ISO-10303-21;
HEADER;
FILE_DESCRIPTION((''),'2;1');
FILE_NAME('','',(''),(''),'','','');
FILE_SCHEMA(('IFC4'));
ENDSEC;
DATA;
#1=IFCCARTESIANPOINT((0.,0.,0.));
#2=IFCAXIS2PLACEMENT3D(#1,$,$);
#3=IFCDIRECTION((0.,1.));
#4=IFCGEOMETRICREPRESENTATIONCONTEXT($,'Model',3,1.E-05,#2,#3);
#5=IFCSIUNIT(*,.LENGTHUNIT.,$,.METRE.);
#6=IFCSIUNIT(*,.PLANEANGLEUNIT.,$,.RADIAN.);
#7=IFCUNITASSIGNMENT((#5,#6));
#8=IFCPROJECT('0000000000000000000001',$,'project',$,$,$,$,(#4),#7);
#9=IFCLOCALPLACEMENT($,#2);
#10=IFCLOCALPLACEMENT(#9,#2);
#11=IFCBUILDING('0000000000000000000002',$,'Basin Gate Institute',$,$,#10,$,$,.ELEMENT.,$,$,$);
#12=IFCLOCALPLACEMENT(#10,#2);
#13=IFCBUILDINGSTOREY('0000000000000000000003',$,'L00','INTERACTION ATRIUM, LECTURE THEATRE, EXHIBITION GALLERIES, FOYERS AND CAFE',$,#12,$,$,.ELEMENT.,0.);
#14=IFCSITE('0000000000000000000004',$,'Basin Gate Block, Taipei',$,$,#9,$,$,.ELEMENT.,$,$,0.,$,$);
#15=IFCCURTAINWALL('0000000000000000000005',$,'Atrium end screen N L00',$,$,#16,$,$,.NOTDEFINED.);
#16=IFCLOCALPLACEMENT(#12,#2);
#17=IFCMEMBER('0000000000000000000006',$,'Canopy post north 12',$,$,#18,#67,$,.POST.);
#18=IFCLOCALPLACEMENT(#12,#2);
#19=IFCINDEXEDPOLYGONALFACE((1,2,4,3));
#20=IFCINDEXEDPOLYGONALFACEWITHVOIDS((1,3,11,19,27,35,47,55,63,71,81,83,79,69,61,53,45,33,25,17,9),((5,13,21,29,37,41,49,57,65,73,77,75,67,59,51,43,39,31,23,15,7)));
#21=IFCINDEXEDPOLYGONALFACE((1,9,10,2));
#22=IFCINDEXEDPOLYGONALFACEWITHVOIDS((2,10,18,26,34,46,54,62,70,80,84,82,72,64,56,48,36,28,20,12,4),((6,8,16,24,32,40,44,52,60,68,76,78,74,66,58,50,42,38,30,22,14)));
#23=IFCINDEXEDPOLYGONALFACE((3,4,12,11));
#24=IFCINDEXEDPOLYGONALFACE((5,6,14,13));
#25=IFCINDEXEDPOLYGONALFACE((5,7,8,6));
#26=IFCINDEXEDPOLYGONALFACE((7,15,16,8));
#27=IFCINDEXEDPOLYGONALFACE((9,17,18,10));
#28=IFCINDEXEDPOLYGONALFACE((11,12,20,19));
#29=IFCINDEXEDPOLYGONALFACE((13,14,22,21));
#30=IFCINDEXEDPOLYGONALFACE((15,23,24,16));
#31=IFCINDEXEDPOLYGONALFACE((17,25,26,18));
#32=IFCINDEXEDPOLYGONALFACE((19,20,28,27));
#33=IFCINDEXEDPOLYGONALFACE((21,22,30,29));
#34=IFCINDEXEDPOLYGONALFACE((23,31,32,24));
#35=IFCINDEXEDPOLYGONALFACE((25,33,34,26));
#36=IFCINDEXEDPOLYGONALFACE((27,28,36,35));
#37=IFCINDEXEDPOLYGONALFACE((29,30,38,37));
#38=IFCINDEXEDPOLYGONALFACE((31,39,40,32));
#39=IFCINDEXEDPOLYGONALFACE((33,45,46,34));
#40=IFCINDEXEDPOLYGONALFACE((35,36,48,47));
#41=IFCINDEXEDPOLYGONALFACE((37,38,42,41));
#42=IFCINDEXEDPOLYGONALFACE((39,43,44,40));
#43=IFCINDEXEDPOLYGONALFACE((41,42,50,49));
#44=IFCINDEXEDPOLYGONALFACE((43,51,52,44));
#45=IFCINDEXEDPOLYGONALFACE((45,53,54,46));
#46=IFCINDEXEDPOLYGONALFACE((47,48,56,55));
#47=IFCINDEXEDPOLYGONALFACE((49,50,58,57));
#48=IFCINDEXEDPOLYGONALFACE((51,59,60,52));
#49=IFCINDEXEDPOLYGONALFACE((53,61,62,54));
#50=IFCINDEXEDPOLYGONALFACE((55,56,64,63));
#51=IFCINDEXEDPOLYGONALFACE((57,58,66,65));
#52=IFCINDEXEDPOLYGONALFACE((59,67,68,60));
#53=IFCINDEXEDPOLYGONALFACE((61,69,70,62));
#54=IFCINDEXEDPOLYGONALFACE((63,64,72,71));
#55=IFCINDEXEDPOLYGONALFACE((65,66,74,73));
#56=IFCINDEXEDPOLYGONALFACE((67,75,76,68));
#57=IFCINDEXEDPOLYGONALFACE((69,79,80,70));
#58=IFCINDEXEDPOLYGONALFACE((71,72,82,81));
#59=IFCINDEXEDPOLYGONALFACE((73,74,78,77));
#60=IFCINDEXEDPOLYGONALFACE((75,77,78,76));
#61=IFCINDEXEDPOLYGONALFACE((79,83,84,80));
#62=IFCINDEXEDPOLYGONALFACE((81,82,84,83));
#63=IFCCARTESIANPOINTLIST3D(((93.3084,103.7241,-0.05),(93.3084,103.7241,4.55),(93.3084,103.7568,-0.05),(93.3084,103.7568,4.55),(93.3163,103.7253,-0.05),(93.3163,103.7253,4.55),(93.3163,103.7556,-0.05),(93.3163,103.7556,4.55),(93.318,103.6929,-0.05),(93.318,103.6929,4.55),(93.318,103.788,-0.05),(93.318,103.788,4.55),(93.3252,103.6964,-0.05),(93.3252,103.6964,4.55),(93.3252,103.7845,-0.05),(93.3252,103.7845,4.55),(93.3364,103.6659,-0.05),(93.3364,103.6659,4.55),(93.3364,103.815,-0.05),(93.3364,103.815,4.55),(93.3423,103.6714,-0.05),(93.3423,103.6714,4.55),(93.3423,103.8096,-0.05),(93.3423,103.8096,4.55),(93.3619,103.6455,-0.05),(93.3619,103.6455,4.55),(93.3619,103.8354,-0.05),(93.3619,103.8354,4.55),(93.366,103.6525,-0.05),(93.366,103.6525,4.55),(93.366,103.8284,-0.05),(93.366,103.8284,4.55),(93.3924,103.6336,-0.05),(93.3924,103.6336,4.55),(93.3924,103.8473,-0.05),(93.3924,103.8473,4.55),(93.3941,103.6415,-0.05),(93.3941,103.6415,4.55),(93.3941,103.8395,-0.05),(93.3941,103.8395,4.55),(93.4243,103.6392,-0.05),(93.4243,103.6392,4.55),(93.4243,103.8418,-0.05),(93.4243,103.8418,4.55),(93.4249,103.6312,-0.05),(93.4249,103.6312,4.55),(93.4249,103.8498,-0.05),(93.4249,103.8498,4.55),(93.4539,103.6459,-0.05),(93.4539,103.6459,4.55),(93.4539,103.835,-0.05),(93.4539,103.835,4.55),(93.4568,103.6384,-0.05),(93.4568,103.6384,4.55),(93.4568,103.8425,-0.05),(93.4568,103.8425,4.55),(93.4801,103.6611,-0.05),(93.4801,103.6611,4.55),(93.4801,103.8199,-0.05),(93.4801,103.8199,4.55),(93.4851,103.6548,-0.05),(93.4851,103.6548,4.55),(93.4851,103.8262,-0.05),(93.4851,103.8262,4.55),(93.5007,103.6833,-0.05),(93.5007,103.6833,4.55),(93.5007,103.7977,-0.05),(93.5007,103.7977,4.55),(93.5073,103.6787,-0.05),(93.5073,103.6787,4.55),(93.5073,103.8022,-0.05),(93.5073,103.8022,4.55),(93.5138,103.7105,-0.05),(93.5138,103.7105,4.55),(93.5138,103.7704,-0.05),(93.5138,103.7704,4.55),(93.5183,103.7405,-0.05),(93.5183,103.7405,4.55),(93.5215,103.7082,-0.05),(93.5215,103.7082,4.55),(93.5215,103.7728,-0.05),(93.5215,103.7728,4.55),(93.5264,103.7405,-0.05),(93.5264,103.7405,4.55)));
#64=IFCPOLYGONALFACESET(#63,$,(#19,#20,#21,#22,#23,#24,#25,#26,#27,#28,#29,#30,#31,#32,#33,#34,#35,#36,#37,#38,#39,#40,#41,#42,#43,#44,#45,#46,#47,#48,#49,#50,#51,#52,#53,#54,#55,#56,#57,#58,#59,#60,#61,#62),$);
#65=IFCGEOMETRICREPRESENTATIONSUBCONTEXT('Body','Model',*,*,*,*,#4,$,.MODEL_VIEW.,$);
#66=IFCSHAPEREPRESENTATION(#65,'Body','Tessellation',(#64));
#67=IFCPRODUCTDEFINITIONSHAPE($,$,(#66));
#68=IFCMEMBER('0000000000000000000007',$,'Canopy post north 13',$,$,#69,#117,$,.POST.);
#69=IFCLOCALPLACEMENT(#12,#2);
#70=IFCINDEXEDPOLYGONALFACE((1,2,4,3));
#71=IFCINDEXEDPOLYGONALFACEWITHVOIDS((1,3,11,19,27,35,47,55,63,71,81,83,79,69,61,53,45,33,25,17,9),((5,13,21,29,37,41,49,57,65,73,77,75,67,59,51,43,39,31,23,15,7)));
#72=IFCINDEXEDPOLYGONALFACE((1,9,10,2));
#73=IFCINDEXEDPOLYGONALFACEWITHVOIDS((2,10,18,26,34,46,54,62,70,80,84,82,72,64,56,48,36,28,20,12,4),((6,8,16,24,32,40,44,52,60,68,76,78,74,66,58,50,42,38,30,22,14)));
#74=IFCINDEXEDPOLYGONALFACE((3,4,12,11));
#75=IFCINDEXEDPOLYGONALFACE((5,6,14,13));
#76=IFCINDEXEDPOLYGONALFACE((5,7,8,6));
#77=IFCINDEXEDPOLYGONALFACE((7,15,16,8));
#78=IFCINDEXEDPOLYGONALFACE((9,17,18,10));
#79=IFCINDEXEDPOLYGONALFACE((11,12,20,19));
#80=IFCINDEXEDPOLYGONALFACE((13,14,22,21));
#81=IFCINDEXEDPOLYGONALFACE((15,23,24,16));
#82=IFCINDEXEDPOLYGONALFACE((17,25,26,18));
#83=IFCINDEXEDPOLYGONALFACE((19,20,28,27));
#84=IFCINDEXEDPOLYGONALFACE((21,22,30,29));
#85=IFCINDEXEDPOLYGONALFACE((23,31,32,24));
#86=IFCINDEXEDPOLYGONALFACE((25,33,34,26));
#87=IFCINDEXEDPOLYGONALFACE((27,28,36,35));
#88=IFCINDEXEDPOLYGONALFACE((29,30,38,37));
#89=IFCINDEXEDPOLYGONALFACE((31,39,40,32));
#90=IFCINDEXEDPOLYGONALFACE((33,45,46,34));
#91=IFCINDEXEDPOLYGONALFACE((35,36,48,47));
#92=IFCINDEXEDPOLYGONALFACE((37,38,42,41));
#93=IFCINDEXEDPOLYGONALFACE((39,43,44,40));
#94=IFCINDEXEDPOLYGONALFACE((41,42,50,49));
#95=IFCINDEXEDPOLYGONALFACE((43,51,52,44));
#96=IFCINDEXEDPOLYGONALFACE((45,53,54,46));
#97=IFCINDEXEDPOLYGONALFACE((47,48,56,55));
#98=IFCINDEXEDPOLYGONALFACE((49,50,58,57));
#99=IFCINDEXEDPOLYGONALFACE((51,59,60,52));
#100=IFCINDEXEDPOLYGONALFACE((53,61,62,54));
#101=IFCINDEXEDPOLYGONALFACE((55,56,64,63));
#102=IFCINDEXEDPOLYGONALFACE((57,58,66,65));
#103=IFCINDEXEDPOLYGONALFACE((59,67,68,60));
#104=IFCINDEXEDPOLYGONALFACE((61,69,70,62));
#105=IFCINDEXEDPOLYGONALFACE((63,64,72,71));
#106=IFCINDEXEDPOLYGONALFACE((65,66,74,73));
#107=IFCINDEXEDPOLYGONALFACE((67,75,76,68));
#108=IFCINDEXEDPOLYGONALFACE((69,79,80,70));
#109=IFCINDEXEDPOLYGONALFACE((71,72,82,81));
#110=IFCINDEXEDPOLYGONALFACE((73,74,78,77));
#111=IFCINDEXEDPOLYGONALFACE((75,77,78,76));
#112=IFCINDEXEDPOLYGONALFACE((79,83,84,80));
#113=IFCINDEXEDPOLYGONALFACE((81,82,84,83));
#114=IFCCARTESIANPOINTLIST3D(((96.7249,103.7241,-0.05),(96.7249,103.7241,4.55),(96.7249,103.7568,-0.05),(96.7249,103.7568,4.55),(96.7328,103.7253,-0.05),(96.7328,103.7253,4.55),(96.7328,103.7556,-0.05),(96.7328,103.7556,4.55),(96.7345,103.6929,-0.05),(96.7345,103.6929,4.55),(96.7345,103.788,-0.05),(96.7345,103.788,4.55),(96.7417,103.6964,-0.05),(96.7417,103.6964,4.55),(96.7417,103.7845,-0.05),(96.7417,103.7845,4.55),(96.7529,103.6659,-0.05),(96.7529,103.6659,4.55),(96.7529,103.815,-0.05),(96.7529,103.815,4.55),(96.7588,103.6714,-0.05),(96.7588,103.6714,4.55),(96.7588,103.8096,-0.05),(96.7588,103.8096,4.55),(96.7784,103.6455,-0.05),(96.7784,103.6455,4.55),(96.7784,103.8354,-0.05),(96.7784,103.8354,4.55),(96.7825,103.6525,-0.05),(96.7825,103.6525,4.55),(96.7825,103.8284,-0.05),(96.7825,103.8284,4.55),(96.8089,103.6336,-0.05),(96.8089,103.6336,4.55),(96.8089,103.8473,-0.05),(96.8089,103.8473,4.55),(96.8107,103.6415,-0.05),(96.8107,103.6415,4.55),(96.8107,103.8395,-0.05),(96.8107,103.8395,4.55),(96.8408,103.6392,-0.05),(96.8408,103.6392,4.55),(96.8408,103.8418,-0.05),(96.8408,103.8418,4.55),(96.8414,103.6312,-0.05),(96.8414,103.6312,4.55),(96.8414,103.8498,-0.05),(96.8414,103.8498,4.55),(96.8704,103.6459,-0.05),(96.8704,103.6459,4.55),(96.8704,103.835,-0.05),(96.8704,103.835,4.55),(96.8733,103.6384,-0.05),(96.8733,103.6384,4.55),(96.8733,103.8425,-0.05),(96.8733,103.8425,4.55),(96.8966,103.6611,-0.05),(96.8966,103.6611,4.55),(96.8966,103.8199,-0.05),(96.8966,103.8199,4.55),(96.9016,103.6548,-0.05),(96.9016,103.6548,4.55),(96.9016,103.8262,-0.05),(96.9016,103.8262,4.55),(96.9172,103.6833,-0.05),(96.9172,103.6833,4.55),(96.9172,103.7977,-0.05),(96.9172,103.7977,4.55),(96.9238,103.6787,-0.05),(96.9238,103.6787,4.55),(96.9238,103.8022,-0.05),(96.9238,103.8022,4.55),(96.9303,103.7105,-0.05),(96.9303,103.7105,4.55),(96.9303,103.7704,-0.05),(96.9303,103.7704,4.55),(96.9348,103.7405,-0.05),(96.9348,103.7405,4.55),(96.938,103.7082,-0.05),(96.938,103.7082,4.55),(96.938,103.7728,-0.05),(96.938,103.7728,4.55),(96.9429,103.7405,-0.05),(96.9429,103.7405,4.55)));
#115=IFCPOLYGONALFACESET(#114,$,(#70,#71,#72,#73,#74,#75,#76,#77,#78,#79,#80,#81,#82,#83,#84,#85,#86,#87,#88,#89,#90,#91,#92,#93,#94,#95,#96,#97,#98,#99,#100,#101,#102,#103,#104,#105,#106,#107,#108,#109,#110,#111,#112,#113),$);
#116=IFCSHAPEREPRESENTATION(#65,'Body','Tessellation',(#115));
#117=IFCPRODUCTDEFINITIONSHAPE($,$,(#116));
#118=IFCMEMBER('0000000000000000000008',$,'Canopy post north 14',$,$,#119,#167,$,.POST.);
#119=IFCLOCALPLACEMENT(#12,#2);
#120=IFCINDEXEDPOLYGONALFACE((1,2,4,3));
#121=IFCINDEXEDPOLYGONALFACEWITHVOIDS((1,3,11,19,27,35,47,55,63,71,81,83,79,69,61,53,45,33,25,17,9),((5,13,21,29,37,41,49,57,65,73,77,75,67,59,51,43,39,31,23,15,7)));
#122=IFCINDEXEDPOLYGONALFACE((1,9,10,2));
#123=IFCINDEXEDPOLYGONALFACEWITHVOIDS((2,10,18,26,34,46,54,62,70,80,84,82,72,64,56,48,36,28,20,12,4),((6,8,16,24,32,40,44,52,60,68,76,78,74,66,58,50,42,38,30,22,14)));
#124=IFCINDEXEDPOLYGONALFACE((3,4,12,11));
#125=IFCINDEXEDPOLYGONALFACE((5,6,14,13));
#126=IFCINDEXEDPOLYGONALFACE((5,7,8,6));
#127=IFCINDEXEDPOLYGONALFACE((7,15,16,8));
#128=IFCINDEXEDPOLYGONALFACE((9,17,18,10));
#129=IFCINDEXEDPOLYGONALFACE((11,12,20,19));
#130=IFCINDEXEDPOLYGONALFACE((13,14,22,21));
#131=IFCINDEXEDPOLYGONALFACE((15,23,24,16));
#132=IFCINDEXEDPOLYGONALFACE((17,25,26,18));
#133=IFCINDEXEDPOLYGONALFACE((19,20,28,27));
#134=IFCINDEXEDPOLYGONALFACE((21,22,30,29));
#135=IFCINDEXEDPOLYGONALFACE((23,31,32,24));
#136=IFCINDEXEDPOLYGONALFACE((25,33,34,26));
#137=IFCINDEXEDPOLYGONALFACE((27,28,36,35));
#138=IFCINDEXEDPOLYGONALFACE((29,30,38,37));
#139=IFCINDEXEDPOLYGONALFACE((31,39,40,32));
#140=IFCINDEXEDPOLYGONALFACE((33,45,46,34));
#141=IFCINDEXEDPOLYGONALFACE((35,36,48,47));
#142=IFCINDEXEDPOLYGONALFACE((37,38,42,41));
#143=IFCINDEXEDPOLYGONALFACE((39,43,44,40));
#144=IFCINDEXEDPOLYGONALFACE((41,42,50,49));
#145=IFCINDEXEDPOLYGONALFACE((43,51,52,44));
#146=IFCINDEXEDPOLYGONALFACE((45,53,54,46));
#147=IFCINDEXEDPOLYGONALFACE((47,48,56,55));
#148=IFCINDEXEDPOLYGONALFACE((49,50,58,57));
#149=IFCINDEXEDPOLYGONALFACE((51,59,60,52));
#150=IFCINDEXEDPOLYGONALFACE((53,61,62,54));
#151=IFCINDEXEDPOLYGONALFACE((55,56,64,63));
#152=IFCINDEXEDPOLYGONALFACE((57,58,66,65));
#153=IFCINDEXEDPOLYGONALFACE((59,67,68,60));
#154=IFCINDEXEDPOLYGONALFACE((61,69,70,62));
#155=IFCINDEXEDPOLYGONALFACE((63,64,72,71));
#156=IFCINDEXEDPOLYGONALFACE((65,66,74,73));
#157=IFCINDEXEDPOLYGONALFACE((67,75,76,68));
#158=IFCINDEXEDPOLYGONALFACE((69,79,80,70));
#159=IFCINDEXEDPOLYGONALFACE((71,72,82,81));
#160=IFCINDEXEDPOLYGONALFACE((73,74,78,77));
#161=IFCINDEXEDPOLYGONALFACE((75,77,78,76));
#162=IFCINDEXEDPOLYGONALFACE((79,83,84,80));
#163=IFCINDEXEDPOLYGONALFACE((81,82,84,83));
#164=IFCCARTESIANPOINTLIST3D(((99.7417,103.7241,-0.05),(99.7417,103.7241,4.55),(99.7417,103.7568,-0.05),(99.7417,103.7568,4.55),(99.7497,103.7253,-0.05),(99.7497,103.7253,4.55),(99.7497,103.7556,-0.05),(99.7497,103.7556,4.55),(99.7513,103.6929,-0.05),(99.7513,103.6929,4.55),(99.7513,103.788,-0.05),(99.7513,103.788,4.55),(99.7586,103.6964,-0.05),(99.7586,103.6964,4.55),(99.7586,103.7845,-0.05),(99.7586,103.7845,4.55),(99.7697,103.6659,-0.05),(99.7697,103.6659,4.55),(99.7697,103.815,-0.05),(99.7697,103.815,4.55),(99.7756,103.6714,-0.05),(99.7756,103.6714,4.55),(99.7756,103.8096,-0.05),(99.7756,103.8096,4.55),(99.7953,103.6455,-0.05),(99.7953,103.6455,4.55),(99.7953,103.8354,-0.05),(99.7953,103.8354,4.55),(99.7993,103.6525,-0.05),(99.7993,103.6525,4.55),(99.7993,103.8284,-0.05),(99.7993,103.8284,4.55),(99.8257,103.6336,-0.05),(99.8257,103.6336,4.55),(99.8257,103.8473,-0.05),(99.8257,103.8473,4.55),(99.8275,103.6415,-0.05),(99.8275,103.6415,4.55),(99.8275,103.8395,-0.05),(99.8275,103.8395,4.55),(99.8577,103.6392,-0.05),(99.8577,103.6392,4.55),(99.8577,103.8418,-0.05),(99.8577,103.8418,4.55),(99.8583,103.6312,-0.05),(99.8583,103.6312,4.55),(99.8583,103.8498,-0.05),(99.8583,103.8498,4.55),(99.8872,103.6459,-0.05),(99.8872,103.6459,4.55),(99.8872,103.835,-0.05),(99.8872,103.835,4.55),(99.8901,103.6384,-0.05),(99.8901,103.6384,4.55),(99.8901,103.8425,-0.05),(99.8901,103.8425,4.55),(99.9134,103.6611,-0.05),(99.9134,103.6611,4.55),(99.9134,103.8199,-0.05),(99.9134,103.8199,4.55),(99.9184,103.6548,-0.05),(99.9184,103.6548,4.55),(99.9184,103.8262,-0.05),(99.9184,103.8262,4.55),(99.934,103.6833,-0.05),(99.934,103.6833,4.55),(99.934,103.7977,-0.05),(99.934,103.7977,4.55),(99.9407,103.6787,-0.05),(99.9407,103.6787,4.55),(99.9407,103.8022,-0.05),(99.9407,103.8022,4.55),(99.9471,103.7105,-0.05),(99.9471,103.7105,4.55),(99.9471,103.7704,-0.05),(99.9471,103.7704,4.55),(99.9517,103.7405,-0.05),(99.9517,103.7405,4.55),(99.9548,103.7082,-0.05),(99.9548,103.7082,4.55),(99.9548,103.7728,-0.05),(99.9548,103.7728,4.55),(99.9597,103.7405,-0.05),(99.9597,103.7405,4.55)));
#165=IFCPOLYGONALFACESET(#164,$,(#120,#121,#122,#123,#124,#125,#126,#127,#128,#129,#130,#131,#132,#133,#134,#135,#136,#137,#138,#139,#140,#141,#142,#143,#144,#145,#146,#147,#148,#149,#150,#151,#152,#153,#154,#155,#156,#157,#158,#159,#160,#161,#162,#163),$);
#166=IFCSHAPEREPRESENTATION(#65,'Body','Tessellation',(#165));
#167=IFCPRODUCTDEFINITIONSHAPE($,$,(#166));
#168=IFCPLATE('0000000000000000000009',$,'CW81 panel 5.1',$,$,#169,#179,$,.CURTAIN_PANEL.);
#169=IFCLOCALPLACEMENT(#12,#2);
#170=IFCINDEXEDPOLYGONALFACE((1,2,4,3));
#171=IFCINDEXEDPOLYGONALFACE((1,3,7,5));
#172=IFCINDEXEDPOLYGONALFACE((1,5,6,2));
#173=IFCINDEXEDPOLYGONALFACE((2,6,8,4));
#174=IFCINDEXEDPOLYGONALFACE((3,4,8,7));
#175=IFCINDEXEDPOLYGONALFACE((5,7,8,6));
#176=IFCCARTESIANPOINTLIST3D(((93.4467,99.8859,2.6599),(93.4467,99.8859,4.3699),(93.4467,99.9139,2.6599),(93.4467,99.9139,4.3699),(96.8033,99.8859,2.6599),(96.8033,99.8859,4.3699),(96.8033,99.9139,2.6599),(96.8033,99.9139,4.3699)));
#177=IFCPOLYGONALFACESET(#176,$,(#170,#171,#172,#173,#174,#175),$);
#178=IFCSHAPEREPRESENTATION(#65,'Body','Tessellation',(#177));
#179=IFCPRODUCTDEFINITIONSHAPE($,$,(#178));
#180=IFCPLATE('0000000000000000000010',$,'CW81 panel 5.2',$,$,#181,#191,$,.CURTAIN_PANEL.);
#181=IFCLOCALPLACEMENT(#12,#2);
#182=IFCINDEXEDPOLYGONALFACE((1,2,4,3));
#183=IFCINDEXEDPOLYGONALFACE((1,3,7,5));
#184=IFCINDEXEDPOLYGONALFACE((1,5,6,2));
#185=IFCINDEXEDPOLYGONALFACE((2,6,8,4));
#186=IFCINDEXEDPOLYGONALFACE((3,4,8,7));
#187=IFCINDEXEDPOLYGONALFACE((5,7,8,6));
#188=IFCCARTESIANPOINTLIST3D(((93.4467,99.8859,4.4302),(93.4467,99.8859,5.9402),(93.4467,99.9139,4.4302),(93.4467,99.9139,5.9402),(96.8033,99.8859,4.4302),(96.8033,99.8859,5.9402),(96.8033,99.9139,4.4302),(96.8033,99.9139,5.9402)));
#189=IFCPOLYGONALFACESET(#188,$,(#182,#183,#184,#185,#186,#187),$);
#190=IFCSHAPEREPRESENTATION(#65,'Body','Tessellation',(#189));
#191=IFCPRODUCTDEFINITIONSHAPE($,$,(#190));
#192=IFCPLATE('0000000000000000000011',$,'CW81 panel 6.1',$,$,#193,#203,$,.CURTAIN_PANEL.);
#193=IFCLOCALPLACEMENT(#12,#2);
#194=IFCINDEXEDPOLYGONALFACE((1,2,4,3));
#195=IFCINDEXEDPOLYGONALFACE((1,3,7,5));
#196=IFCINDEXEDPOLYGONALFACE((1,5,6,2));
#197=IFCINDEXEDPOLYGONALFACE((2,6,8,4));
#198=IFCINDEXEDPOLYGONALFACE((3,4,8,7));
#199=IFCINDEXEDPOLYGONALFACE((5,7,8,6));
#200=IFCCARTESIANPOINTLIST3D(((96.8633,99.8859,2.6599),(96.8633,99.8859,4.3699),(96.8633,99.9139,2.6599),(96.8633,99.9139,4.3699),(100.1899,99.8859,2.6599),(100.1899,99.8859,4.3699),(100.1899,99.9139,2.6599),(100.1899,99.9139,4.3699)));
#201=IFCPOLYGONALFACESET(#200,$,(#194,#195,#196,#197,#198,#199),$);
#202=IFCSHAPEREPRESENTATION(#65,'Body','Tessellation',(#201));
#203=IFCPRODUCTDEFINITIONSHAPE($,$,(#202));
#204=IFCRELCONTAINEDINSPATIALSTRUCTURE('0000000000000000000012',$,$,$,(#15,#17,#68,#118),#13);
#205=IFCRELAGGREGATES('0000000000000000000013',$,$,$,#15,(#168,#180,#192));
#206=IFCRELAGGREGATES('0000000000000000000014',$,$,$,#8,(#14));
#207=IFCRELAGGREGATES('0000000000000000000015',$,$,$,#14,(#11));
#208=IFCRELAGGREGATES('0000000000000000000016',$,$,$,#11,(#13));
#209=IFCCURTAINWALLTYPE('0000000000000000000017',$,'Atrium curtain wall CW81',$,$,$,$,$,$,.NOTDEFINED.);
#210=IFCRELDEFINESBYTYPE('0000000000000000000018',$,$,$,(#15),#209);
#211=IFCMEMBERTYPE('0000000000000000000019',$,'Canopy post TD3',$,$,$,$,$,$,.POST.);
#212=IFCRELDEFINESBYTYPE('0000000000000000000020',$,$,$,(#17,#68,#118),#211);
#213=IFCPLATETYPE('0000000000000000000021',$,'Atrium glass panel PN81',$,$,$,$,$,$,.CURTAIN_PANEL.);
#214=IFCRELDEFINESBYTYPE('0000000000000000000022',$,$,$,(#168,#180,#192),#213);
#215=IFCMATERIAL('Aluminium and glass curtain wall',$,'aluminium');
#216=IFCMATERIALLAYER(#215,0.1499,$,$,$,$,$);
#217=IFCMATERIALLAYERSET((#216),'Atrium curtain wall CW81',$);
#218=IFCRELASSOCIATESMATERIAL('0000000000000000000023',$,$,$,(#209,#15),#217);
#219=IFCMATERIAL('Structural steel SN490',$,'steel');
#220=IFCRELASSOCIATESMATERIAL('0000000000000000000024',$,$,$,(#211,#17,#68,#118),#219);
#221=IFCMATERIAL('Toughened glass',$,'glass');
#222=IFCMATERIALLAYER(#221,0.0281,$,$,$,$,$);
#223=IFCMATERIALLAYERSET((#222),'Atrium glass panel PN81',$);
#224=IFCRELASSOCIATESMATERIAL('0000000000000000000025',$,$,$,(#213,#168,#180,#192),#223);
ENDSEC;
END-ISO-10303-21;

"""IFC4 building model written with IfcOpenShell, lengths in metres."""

from ifc_helpers import new_model, si_unit, direction, frame, origin, origin_2d, place, context, subcontext, project, spatial, rectangle, hollow_circle, extrude, material, layer, layer_set, material_profile, profile_set, type_object, element, aggregate, save


model = new_model("IFC4")

# Units and contexts
model_context = context("Model", 3, precision=1e-05, world=origin(), true_north=direction((0.0, 1.0)))
body_context = subcontext(model_context, "Body", "Model", "MODEL_VIEW")
ifc_project = project(units=[si_unit("LENGTHUNIT", "METRE"), si_unit("PLANEANGLEUNIT", "RADIAN")], contexts=[model_context])

# Site, building, storey
site_placement = place(None, origin())
site = spatial("IfcSite", under=ifc_project, at=site_placement, Name="Basin Gate Block, Taipei", CompositionType="ELEMENT", RefElevation=0.0)
building_placement = place(site_placement, origin())
building = spatial("IfcBuilding", under=site, at=building_placement, Name="Basin Gate Institute", CompositionType="ELEMENT")
storey_placement = place(building_placement, origin())
storey = spatial("IfcBuildingStorey", under=building, at=storey_placement, Name="L00", Description="INTERACTION ATRIUM, LECTURE THEATRE, EXHIBITION GALLERIES, FOYERS AND CAFE", CompositionType="ELEMENT", Elevation=0.0)

# Curtain wall
ifc_material_1 = material(Name="Aluminium and glass curtain wall", Category="aluminium")
ifc_layer_1 = layer(ifc_material_1, 0.1499)
ifc_layer_set_1 = layer_set([ifc_layer_1], Name="Atrium curtain wall CW81")
curtain_wall_type = type_object("IfcCurtainWallType", Name="Atrium curtain wall CW81", PredefinedType="NOTDEFINED", material=ifc_layer_set_1)
curtain_wall_placement = place(storey_placement, origin())
curtain_wall = element("IfcCurtainWall", 1, at=curtain_wall_placement, inside=storey, type_object=curtain_wall_type, material=ifc_layer_set_1, Name="Atrium end screen N L00", PredefinedType="NOTDEFINED")

# Members
ifc_material_2 = material(Name="Structural steel SN490", Category="steel")
ifc_material_profile_1 = material_profile(ifc_material_2, hollow_circle(Radius=0.1096, WallThickness=0.0081, at=origin_2d()), Name="CHS219x8")
ifc_profile_set_1 = profile_set([ifc_material_profile_1], Name="Structural steel SN490")
member_type_1 = type_object("IfcMemberType", Name="Canopy post TD3", PredefinedType="POST", material=ifc_profile_set_1)
for number, where, z_axis, x_axis, name in (
    (2, (93.4167, 103.7405, -0.05), (0.0, 0.0, 1.0), (1.0, 0.0, 0.0), "Canopy post north 12"),
    (3, (96.8333, 103.7405, -0.05), (0.0, 0.0, 1.0), (1.0, 0.0, 0.0), "Canopy post north 13"),
    (4, (99.8501, 103.7405, -0.05), (0.0, 0.0, 1.0), (1.0, 0.0, 0.0), "Canopy post north 14"),
):
    element("IfcMember", number, at=place(storey_placement, frame(where, z_axis=z_axis, x_axis=x_axis)), inside=storey, type_object=member_type_1, material=ifc_profile_set_1, Name=name, PredefinedType="POST", context=body_context, shape_type="SweptSolid", body=[
        extrude(hollow_circle(Radius=0.1096, WallThickness=0.0081, at=origin_2d()), origin(), (0.0, 0.0, 1.0), 4.6001),
    ])

# Plates
ifc_material_3 = material(Name="Toughened glass", Category="glass")
ifc_layer_2 = layer(ifc_material_3, 0.0281)
ifc_layer_set_2 = layer_set([ifc_layer_2], Name="Atrium glass panel PN81")
plate_type = type_object("IfcPlateType", Name="Atrium glass panel PN81", PredefinedType="CURTAIN_PANEL", material=ifc_layer_set_2)
plate_1_placement = place(storey_placement, frame((95.125, 99.8999, 2.6599), z_axis=(0.0, 0.0, 1.0), x_axis=(1.0, 0.0, 0.0)))
plate_1 = element("IfcPlate", 5, at=plate_1_placement, type_object=plate_type, material=ifc_layer_set_2, Name="CW81 panel 5.1", PredefinedType="CURTAIN_PANEL", context=body_context, shape_type="SweptSolid", body=[
    extrude(rectangle(XDim=3.3567, YDim=0.0281, at=origin_2d()), origin(), (0.0, 0.0, 1.0), 1.71),
])
plate_2_placement = place(storey_placement, frame((95.125, 99.8999, 4.4302), z_axis=(0.0, 0.0, 1.0), x_axis=(1.0, 0.0, 0.0)))
plate_2 = element("IfcPlate", 6, at=plate_2_placement, type_object=plate_type, material=ifc_layer_set_2, Name="CW81 panel 5.2", PredefinedType="CURTAIN_PANEL", context=body_context, shape_type="SweptSolid", body=[
    extrude(rectangle(XDim=3.3567, YDim=0.0281, at=origin_2d()), origin(), (0.0, 0.0, 1.0), 1.51),
])
plate_3_placement = place(storey_placement, frame((98.5266, 99.8999, 2.6599), z_axis=(0.0, 0.0, 1.0), x_axis=(1.0, 0.0, 0.0)))
plate_3 = element("IfcPlate", 7, at=plate_3_placement, type_object=plate_type, material=ifc_layer_set_2, Name="CW81 panel 6.1", PredefinedType="CURTAIN_PANEL", context=body_context, shape_type="SweptSolid", body=[
    extrude(rectangle(XDim=3.3267, YDim=0.0281, at=origin_2d()), origin(), (0.0, 0.0, 1.0), 1.71),
])
aggregate(curtain_wall, [plate_1, plate_2, plate_3])

save(model, "model.ifc")
